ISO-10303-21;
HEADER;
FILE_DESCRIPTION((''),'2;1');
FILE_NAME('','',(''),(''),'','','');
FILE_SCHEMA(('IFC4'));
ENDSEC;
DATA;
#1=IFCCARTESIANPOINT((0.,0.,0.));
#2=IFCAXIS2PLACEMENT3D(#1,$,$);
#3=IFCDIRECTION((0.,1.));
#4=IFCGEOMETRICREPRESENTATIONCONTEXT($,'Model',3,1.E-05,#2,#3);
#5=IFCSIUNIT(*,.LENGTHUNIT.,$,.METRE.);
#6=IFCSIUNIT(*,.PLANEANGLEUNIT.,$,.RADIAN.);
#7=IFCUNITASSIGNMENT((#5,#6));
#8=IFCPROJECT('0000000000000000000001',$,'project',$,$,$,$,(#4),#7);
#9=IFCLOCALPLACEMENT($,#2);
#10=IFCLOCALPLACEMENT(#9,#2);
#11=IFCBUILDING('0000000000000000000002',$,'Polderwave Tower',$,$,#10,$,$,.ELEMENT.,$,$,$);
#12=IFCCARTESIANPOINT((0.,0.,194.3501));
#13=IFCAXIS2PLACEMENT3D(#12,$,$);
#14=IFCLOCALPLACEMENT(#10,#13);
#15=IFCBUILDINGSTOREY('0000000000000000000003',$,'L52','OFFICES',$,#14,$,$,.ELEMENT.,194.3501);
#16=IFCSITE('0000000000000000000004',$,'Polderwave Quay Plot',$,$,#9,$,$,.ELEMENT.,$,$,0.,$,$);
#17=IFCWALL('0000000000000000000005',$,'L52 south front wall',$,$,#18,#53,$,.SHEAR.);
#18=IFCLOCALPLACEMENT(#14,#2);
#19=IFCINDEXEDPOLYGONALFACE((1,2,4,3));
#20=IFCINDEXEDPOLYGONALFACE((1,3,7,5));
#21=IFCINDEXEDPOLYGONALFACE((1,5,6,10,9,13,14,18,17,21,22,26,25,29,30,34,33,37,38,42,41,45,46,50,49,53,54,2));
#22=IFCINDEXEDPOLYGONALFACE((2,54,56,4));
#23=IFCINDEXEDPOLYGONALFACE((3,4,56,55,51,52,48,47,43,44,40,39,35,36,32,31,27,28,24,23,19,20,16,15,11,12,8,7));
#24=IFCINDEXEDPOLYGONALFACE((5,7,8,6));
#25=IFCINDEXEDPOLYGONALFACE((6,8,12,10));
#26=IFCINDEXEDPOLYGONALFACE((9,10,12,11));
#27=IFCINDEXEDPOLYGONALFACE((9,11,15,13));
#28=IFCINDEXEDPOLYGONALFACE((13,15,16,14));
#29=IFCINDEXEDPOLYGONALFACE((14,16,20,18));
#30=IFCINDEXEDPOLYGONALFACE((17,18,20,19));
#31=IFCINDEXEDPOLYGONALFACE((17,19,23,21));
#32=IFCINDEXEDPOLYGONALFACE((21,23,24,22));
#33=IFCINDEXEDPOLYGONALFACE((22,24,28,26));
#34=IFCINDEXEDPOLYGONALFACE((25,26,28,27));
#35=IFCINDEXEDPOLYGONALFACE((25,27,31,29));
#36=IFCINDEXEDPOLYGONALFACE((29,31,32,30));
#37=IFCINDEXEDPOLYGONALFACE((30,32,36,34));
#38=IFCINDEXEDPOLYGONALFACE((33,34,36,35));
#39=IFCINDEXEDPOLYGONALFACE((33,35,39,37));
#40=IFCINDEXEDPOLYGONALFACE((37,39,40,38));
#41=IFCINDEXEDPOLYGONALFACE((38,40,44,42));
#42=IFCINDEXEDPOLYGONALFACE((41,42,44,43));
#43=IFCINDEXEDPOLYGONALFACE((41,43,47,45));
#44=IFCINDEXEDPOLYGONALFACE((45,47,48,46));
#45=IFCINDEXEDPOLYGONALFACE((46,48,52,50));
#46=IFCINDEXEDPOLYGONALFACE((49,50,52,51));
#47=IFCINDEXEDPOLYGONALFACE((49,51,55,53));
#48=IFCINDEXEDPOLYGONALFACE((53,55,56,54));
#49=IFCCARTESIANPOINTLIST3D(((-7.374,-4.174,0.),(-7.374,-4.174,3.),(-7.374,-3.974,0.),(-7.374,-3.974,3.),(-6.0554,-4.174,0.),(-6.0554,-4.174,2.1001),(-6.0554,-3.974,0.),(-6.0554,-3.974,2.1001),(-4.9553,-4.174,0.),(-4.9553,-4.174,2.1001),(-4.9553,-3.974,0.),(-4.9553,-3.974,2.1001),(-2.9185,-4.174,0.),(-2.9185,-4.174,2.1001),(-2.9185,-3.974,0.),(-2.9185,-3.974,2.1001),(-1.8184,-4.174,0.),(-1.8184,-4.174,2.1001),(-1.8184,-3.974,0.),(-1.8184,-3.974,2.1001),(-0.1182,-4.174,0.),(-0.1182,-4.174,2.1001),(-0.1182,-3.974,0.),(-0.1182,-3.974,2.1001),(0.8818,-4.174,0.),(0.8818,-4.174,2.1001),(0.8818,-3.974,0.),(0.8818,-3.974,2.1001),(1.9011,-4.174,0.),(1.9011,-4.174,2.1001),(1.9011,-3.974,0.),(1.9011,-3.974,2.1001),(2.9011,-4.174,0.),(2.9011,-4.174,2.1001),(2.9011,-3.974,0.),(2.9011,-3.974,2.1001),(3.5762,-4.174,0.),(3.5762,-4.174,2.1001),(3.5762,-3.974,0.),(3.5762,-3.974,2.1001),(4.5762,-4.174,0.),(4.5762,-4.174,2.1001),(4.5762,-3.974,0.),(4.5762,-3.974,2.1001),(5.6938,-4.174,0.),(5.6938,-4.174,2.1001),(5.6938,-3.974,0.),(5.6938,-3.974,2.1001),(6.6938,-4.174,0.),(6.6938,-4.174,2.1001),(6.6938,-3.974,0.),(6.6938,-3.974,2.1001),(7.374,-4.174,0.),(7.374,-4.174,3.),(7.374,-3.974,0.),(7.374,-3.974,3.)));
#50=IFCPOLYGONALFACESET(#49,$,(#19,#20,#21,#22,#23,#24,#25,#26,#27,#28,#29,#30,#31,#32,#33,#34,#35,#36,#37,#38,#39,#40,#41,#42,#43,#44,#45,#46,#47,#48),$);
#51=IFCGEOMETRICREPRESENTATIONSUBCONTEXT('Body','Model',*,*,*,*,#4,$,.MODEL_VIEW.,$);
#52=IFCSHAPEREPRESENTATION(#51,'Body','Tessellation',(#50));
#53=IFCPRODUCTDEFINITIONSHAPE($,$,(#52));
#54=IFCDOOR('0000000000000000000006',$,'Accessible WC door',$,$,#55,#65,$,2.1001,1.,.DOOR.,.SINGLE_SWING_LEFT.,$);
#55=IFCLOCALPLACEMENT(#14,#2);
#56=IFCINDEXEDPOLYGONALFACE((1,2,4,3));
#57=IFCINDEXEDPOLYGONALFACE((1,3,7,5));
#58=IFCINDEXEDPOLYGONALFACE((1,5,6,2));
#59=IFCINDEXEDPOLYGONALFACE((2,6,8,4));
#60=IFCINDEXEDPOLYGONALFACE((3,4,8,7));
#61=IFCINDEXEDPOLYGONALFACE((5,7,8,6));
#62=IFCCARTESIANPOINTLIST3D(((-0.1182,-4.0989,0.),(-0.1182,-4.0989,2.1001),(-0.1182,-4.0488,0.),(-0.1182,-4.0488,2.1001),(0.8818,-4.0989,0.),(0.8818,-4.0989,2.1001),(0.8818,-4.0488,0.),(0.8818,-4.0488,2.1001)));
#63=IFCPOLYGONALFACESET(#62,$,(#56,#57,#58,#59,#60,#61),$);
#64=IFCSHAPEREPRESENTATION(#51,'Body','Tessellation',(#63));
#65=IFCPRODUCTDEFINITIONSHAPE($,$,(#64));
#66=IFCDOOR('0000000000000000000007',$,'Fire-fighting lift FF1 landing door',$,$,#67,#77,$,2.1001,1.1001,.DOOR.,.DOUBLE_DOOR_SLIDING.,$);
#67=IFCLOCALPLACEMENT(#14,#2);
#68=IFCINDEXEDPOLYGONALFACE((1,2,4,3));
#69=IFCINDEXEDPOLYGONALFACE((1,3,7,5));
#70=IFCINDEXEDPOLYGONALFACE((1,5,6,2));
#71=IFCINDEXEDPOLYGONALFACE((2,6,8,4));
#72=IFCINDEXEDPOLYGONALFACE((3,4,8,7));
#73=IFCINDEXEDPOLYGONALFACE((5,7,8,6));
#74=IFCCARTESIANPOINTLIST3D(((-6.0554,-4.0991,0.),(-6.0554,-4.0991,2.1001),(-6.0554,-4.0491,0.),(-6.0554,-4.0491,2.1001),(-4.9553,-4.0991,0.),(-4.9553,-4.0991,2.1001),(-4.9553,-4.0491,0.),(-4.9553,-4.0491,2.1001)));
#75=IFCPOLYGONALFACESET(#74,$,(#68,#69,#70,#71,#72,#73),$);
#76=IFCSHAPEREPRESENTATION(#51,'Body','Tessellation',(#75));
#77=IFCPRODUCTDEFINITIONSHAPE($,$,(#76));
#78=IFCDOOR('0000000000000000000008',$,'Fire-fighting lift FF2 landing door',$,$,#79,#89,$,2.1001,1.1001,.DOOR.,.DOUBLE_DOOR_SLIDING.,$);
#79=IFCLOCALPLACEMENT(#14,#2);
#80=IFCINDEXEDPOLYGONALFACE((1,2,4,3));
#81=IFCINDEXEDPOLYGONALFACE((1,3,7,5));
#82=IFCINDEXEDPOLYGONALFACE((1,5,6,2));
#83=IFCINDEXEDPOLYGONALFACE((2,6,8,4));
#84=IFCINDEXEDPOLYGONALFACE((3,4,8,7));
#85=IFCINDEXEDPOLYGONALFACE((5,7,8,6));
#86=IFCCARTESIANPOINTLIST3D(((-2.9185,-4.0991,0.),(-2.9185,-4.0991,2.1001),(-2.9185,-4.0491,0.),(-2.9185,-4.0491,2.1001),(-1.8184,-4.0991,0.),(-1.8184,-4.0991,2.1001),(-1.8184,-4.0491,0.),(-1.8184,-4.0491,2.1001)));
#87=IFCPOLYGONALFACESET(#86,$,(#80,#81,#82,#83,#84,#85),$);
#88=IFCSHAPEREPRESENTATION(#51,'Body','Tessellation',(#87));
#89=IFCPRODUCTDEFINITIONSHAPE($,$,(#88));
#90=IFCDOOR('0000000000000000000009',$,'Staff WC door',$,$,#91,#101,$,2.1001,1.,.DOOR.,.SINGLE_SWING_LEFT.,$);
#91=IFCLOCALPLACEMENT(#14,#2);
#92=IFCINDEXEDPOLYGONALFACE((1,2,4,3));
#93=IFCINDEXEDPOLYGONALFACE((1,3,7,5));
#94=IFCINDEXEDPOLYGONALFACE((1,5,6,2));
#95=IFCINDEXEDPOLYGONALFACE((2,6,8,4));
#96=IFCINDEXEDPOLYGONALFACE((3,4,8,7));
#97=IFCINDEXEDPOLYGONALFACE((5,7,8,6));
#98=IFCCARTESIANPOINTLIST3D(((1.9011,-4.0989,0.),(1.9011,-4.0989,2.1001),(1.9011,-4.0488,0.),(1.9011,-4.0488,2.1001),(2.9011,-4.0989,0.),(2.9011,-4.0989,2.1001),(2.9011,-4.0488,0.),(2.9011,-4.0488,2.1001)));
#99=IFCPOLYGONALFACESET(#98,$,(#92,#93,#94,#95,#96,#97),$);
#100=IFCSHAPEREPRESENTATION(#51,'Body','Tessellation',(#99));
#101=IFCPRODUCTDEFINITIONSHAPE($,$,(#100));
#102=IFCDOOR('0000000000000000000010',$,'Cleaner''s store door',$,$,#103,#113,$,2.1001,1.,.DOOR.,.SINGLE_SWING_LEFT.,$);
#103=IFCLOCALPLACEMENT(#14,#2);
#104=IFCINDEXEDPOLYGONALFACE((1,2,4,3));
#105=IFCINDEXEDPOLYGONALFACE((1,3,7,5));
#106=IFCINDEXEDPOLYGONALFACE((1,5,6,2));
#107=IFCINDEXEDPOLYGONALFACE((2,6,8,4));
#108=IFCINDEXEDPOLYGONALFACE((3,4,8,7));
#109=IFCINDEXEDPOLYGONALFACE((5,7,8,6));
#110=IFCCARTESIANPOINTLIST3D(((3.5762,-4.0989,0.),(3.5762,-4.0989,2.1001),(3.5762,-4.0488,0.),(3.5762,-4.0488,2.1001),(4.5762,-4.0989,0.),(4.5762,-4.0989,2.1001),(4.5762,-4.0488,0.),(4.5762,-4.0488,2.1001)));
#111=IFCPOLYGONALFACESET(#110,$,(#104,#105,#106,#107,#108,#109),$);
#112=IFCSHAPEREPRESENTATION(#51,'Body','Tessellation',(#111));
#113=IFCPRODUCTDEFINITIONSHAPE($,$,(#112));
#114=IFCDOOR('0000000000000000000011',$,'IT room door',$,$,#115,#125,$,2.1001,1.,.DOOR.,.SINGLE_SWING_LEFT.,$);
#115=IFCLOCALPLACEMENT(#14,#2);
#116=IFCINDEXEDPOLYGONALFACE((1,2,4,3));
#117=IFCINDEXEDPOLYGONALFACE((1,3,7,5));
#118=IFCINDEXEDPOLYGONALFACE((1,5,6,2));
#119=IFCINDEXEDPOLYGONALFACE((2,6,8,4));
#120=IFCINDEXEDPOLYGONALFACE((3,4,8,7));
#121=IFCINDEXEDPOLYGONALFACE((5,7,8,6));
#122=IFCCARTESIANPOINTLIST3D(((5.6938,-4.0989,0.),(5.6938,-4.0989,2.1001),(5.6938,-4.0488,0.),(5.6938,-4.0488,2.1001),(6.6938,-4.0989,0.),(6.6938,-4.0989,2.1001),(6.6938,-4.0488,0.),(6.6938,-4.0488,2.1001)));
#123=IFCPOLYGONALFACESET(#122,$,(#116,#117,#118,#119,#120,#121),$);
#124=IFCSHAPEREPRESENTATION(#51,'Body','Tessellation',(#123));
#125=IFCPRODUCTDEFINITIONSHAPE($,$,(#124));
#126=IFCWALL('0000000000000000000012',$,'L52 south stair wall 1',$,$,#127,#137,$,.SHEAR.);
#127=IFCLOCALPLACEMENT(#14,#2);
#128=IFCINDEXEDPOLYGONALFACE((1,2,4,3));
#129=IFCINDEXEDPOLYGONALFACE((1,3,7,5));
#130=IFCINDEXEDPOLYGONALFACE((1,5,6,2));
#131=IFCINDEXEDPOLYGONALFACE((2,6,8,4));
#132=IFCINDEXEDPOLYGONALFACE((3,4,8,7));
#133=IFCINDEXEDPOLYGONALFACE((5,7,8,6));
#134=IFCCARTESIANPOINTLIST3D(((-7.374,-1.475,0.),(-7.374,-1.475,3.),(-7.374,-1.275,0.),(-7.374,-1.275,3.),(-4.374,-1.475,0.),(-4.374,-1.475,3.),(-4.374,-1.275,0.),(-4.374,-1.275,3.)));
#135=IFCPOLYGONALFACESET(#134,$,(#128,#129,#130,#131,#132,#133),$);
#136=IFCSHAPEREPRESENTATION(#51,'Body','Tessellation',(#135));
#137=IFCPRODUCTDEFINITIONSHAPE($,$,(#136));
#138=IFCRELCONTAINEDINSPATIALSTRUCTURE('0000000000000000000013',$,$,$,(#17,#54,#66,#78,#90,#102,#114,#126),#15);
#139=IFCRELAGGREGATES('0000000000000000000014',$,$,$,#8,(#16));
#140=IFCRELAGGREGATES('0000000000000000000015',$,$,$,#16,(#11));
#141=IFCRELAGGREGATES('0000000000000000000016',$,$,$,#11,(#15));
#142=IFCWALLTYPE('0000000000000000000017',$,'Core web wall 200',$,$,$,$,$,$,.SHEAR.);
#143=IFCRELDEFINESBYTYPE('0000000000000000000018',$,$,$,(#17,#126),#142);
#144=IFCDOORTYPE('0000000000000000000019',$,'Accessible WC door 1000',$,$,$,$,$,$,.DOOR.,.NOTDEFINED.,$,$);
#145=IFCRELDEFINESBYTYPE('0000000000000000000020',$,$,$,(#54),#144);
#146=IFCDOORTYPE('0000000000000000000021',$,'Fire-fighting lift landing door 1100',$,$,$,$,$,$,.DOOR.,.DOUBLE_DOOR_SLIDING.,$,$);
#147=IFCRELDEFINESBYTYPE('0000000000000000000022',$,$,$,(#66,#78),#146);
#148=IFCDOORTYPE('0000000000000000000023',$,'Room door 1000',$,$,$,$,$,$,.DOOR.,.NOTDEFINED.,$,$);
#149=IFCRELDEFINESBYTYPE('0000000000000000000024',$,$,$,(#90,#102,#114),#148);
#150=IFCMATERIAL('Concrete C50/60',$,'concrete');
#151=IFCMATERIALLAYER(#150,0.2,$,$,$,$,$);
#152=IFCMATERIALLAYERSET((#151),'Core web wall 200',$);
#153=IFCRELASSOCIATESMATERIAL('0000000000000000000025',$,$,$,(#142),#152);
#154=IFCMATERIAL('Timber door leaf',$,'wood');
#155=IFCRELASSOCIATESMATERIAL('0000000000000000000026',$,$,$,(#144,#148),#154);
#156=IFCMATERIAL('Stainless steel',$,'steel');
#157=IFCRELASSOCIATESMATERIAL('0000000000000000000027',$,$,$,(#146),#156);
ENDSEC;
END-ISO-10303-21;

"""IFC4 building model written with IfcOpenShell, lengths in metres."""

from ifc_helpers import new_model, si_unit, direction, frame, frame_2d, origin, place, context, subcontext, project, spatial, rectangle, extrude, material, layer, layer_set, type_object, element, fill, save


model = new_model("IFC4")

# Units and contexts
model_context = context("Model", 3, precision=1e-05, world=origin(), true_north=direction((0.0, 1.0)))
body_context = subcontext(model_context, "Body", "Model", "MODEL_VIEW")
ifc_project = project(units=[si_unit("LENGTHUNIT", "METRE"), si_unit("PLANEANGLEUNIT", "RADIAN")], contexts=[model_context])

# Site, building, storey
site_placement = place(None, origin())
site = spatial("IfcSite", under=ifc_project, at=site_placement, Name="Polderwave Quay Plot", CompositionType="ELEMENT", RefElevation=0.0)
building_placement = place(site_placement, origin())
building = spatial("IfcBuilding", under=site, at=building_placement, Name="Polderwave Tower", CompositionType="ELEMENT")
storey_placement = place(building_placement, frame((0.0, 0.0, 194.3501)))
storey = spatial("IfcBuildingStorey", under=building, at=storey_placement, Name="L52", Description="OFFICES", CompositionType="ELEMENT", Elevation=194.3501)

# Wall, openings, doors
ifc_material_1 = material(Name="Concrete C50/60", Category="concrete")
ifc_layer_1 = layer(ifc_material_1, 0.2)
ifc_layer_set_1 = layer_set([ifc_layer_1], Name="Core web wall 200")
wall_type_1 = type_object("IfcWallType", Name="Core web wall 200", PredefinedType="SHEAR", material=ifc_layer_set_1)
wall_1_placement = place(storey_placement, frame((-7.374, -4.074, 0.0), z_axis=(0.0, 0.0, 1.0), x_axis=(1.0, 0.0, 0.0)))
wall_1 = element("IfcWall", 1, at=wall_1_placement, inside=storey, type_object=wall_type_1, Name="L52 south front wall", PredefinedType="SHEAR", context=body_context, shape_type="SweptSolid", body=[
    extrude(rectangle(XDim=14.748, YDim=0.2, at=frame_2d((7.374, 0.0))), origin(), (0.0, 0.0, 1.0), 3.0),
])
opening_1_placement = place(wall_1_placement, frame((1.3186, 0.0, 0.0)))
opening_1 = element("IfcOpeningElement", 2, at=opening_1_placement, cuts=wall_1, PredefinedType="OPENING", context=body_context, shape_type="SweptSolid", body=[
    extrude(rectangle(XDim=1.1001, YDim=2.1001, at=frame_2d((0.55, 1.05))), frame((0.0, 0.1099, 0.0), z_axis=(0.0, -1.0, 0.0), x_axis=(1.0, 0.0, 0.0)), (0.0, 0.0, 1.0), 0.22),
])
opening_2_placement = place(wall_1_placement, frame((4.4556, 0.0, 0.0)))
opening_2 = element("IfcOpeningElement", 3, at=opening_2_placement, cuts=wall_1, PredefinedType="OPENING", context=body_context, shape_type="SweptSolid", body=[
    extrude(rectangle(XDim=1.1001, YDim=2.1001, at=frame_2d((0.55, 1.05))), frame((0.0, 0.1099, 0.0), z_axis=(0.0, -1.0, 0.0), x_axis=(1.0, 0.0, 0.0)), (0.0, 0.0, 1.0), 0.22),
])
opening_3_placement = place(wall_1_placement, frame((7.2559, 0.0, 0.0)))
opening_3 = element("IfcOpeningElement", 4, at=opening_3_placement, cuts=wall_1, PredefinedType="OPENING", context=body_context, shape_type="SweptSolid", body=[
    extrude(rectangle(XDim=1.0, YDim=2.1001, at=frame_2d((0.5, 1.05))), frame((0.0, 0.1099, 0.0), z_axis=(0.0, -1.0, 0.0), x_axis=(1.0, 0.0, 0.0)), (0.0, 0.0, 1.0), 0.22),
])
opening_4_placement = place(wall_1_placement, frame((9.2751, 0.0, 0.0)))
opening_4 = element("IfcOpeningElement", 5, at=opening_4_placement, cuts=wall_1, PredefinedType="OPENING", context=body_context, shape_type="SweptSolid", body=[
    extrude(rectangle(XDim=1.0, YDim=2.1001, at=frame_2d((0.5, 1.05))), frame((0.0, 0.1099, 0.0), z_axis=(0.0, -1.0, 0.0), x_axis=(1.0, 0.0, 0.0)), (0.0, 0.0, 1.0), 0.22),
])
opening_5_placement = place(wall_1_placement, frame((10.9502, 0.0, 0.0)))
opening_5 = element("IfcOpeningElement", 6, at=opening_5_placement, cuts=wall_1, PredefinedType="OPENING", context=body_context, shape_type="SweptSolid", body=[
    extrude(rectangle(XDim=1.0, YDim=2.1001, at=frame_2d((0.5, 1.05))), frame((0.0, 0.1099, 0.0), z_axis=(0.0, -1.0, 0.0), x_axis=(1.0, 0.0, 0.0)), (0.0, 0.0, 1.0), 0.22),
])
opening_6_placement = place(wall_1_placement, frame((13.0679, 0.0, 0.0)))
opening_6 = element("IfcOpeningElement", 7, at=opening_6_placement, cuts=wall_1, PredefinedType="OPENING", context=body_context, shape_type="SweptSolid", body=[
    extrude(rectangle(XDim=1.0, YDim=2.1001, at=frame_2d((0.5, 1.05))), frame((0.0, 0.1099, 0.0), z_axis=(0.0, -1.0, 0.0), x_axis=(1.0, 0.0, 0.0)), (0.0, 0.0, 1.0), 0.22),
])
ifc_material_2 = material(Name="Timber door leaf", Category="wood")
door_type_1 = type_object("IfcDoorType", Name="Accessible WC door 1000", OperationType="NOTDEFINED", PredefinedType="DOOR", material=ifc_material_2)
door_1_placement = place(opening_3_placement, frame((1.0, 0.0, 0.0), z_axis=(0.0, 0.0, 1.0), x_axis=(-1.0, 0.0, 0.0)))
door_1 = element("IfcDoor", 8, at=door_1_placement, inside=storey, type_object=door_type_1, Name="Accessible WC door", OperationType="SINGLE_SWING_LEFT", OverallHeight=2.1001, OverallWidth=1.0, PredefinedType="DOOR", context=body_context, shape_type="SweptSolid", body=[
    extrude(rectangle(XDim=1.0, YDim=2.1001, at=frame_2d((0.5, 1.05))), frame((0.0, 0.0249, 0.0), z_axis=(0.0, -1.0, 0.0), x_axis=(1.0, 0.0, 0.0)), (0.0, 0.0, 1.0), 0.05),
])
fill(opening_3, door_1)
ifc_material_3 = material(Name="Stainless steel", Category="steel")
door_type_2 = type_object("IfcDoorType", Name="Fire-fighting lift landing door 1100", OperationType="DOUBLE_DOOR_SLIDING", PredefinedType="DOOR", material=ifc_material_3)
door_2_placement = place(opening_1_placement, origin())
door_2 = element("IfcDoor", 9, at=door_2_placement, inside=storey, type_object=door_type_2, Name="Fire-fighting lift FF1 landing door", OperationType="DOUBLE_DOOR_SLIDING", OverallHeight=2.1001, OverallWidth=1.1001, PredefinedType="DOOR", context=body_context, shape_type="SweptSolid", body=[
    extrude(rectangle(XDim=1.1001, YDim=2.1001, at=frame_2d((0.55, 1.05))), frame((0.0, 0.0249, 0.0), z_axis=(0.0, -1.0, 0.0), x_axis=(1.0, 0.0, 0.0)), (0.0, 0.0, 1.0), 0.05),
])
fill(opening_1, door_2)
door_3_placement = place(opening_2_placement, origin())
door_3 = element("IfcDoor", 10, at=door_3_placement, inside=storey, type_object=door_type_2, Name="Fire-fighting lift FF2 landing door", OperationType="DOUBLE_DOOR_SLIDING", OverallHeight=2.1001, OverallWidth=1.1001, PredefinedType="DOOR", context=body_context, shape_type="SweptSolid", body=[
    extrude(rectangle(XDim=1.1001, YDim=2.1001, at=frame_2d((0.55, 1.05))), frame((0.0, 0.0249, 0.0), z_axis=(0.0, -1.0, 0.0), x_axis=(1.0, 0.0, 0.0)), (0.0, 0.0, 1.0), 0.05),
])
fill(opening_2, door_3)
door_type_3 = type_object("IfcDoorType", Name="Room door 1000", OperationType="NOTDEFINED", PredefinedType="DOOR", material=ifc_material_2)
door_4_placement = place(opening_4_placement, frame((1.0, 0.0, 0.0), z_axis=(0.0, 0.0, 1.0), x_axis=(-1.0, 0.0, 0.0)))
door_4 = element("IfcDoor", 11, at=door_4_placement, inside=storey, type_object=door_type_3, Name="Staff WC door", OperationType="SINGLE_SWING_LEFT", OverallHeight=2.1001, OverallWidth=1.0, PredefinedType="DOOR", context=body_context, shape_type="SweptSolid", body=[
    extrude(rectangle(XDim=1.0, YDim=2.1001, at=frame_2d((0.5, 1.05))), frame((0.0, 0.0249, 0.0), z_axis=(0.0, -1.0, 0.0), x_axis=(1.0, 0.0, 0.0)), (0.0, 0.0, 1.0), 0.05),
])
fill(opening_4, door_4)
door_5_placement = place(opening_5_placement, frame((1.0, 0.0, 0.0), z_axis=(0.0, 0.0, 1.0), x_axis=(-1.0, 0.0, 0.0)))
door_5 = element("IfcDoor", 12, at=door_5_placement, inside=storey, type_object=door_type_3, Name="Cleaner's store door", OperationType="SINGLE_SWING_LEFT", OverallHeight=2.1001, OverallWidth=1.0, PredefinedType="DOOR", context=body_context, shape_type="SweptSolid", body=[
    extrude(rectangle(XDim=1.0, YDim=2.1001, at=frame_2d((0.5, 1.05))), frame((0.0, 0.0249, 0.0), z_axis=(0.0, -1.0, 0.0), x_axis=(1.0, 0.0, 0.0)), (0.0, 0.0, 1.0), 0.05),
])
fill(opening_5, door_5)
door_6_placement = place(opening_6_placement, frame((1.0, 0.0, 0.0), z_axis=(0.0, 0.0, 1.0), x_axis=(-1.0, 0.0, 0.0)))
door_6 = element("IfcDoor", 13, at=door_6_placement, inside=storey, type_object=door_type_3, Name="IT room door", OperationType="SINGLE_SWING_LEFT", OverallHeight=2.1001, OverallWidth=1.0, PredefinedType="DOOR", context=body_context, shape_type="SweptSolid", body=[
    extrude(rectangle(XDim=1.0, YDim=2.1001, at=frame_2d((0.5, 1.05))), frame((0.0, 0.0249, 0.0), z_axis=(0.0, -1.0, 0.0), x_axis=(1.0, 0.0, 0.0)), (0.0, 0.0, 1.0), 0.05),
])
fill(opening_6, door_6)

# Wall
wall_2_placement = place(storey_placement, frame((-7.374, -1.375, 0.0), z_axis=(0.0, 0.0, 1.0), x_axis=(1.0, 0.0, 0.0)))
element("IfcWall", 14, at=wall_2_placement, inside=storey, type_object=wall_type_1, Name="L52 south stair wall 1", PredefinedType="SHEAR", context=body_context, shape_type="SweptSolid", body=[
    extrude(rectangle(XDim=3.0, YDim=0.2, at=frame_2d((1.5, 0.0))), origin(), (0.0, 0.0, 1.0), 3.0),
])

save(model, "model.ifc")
